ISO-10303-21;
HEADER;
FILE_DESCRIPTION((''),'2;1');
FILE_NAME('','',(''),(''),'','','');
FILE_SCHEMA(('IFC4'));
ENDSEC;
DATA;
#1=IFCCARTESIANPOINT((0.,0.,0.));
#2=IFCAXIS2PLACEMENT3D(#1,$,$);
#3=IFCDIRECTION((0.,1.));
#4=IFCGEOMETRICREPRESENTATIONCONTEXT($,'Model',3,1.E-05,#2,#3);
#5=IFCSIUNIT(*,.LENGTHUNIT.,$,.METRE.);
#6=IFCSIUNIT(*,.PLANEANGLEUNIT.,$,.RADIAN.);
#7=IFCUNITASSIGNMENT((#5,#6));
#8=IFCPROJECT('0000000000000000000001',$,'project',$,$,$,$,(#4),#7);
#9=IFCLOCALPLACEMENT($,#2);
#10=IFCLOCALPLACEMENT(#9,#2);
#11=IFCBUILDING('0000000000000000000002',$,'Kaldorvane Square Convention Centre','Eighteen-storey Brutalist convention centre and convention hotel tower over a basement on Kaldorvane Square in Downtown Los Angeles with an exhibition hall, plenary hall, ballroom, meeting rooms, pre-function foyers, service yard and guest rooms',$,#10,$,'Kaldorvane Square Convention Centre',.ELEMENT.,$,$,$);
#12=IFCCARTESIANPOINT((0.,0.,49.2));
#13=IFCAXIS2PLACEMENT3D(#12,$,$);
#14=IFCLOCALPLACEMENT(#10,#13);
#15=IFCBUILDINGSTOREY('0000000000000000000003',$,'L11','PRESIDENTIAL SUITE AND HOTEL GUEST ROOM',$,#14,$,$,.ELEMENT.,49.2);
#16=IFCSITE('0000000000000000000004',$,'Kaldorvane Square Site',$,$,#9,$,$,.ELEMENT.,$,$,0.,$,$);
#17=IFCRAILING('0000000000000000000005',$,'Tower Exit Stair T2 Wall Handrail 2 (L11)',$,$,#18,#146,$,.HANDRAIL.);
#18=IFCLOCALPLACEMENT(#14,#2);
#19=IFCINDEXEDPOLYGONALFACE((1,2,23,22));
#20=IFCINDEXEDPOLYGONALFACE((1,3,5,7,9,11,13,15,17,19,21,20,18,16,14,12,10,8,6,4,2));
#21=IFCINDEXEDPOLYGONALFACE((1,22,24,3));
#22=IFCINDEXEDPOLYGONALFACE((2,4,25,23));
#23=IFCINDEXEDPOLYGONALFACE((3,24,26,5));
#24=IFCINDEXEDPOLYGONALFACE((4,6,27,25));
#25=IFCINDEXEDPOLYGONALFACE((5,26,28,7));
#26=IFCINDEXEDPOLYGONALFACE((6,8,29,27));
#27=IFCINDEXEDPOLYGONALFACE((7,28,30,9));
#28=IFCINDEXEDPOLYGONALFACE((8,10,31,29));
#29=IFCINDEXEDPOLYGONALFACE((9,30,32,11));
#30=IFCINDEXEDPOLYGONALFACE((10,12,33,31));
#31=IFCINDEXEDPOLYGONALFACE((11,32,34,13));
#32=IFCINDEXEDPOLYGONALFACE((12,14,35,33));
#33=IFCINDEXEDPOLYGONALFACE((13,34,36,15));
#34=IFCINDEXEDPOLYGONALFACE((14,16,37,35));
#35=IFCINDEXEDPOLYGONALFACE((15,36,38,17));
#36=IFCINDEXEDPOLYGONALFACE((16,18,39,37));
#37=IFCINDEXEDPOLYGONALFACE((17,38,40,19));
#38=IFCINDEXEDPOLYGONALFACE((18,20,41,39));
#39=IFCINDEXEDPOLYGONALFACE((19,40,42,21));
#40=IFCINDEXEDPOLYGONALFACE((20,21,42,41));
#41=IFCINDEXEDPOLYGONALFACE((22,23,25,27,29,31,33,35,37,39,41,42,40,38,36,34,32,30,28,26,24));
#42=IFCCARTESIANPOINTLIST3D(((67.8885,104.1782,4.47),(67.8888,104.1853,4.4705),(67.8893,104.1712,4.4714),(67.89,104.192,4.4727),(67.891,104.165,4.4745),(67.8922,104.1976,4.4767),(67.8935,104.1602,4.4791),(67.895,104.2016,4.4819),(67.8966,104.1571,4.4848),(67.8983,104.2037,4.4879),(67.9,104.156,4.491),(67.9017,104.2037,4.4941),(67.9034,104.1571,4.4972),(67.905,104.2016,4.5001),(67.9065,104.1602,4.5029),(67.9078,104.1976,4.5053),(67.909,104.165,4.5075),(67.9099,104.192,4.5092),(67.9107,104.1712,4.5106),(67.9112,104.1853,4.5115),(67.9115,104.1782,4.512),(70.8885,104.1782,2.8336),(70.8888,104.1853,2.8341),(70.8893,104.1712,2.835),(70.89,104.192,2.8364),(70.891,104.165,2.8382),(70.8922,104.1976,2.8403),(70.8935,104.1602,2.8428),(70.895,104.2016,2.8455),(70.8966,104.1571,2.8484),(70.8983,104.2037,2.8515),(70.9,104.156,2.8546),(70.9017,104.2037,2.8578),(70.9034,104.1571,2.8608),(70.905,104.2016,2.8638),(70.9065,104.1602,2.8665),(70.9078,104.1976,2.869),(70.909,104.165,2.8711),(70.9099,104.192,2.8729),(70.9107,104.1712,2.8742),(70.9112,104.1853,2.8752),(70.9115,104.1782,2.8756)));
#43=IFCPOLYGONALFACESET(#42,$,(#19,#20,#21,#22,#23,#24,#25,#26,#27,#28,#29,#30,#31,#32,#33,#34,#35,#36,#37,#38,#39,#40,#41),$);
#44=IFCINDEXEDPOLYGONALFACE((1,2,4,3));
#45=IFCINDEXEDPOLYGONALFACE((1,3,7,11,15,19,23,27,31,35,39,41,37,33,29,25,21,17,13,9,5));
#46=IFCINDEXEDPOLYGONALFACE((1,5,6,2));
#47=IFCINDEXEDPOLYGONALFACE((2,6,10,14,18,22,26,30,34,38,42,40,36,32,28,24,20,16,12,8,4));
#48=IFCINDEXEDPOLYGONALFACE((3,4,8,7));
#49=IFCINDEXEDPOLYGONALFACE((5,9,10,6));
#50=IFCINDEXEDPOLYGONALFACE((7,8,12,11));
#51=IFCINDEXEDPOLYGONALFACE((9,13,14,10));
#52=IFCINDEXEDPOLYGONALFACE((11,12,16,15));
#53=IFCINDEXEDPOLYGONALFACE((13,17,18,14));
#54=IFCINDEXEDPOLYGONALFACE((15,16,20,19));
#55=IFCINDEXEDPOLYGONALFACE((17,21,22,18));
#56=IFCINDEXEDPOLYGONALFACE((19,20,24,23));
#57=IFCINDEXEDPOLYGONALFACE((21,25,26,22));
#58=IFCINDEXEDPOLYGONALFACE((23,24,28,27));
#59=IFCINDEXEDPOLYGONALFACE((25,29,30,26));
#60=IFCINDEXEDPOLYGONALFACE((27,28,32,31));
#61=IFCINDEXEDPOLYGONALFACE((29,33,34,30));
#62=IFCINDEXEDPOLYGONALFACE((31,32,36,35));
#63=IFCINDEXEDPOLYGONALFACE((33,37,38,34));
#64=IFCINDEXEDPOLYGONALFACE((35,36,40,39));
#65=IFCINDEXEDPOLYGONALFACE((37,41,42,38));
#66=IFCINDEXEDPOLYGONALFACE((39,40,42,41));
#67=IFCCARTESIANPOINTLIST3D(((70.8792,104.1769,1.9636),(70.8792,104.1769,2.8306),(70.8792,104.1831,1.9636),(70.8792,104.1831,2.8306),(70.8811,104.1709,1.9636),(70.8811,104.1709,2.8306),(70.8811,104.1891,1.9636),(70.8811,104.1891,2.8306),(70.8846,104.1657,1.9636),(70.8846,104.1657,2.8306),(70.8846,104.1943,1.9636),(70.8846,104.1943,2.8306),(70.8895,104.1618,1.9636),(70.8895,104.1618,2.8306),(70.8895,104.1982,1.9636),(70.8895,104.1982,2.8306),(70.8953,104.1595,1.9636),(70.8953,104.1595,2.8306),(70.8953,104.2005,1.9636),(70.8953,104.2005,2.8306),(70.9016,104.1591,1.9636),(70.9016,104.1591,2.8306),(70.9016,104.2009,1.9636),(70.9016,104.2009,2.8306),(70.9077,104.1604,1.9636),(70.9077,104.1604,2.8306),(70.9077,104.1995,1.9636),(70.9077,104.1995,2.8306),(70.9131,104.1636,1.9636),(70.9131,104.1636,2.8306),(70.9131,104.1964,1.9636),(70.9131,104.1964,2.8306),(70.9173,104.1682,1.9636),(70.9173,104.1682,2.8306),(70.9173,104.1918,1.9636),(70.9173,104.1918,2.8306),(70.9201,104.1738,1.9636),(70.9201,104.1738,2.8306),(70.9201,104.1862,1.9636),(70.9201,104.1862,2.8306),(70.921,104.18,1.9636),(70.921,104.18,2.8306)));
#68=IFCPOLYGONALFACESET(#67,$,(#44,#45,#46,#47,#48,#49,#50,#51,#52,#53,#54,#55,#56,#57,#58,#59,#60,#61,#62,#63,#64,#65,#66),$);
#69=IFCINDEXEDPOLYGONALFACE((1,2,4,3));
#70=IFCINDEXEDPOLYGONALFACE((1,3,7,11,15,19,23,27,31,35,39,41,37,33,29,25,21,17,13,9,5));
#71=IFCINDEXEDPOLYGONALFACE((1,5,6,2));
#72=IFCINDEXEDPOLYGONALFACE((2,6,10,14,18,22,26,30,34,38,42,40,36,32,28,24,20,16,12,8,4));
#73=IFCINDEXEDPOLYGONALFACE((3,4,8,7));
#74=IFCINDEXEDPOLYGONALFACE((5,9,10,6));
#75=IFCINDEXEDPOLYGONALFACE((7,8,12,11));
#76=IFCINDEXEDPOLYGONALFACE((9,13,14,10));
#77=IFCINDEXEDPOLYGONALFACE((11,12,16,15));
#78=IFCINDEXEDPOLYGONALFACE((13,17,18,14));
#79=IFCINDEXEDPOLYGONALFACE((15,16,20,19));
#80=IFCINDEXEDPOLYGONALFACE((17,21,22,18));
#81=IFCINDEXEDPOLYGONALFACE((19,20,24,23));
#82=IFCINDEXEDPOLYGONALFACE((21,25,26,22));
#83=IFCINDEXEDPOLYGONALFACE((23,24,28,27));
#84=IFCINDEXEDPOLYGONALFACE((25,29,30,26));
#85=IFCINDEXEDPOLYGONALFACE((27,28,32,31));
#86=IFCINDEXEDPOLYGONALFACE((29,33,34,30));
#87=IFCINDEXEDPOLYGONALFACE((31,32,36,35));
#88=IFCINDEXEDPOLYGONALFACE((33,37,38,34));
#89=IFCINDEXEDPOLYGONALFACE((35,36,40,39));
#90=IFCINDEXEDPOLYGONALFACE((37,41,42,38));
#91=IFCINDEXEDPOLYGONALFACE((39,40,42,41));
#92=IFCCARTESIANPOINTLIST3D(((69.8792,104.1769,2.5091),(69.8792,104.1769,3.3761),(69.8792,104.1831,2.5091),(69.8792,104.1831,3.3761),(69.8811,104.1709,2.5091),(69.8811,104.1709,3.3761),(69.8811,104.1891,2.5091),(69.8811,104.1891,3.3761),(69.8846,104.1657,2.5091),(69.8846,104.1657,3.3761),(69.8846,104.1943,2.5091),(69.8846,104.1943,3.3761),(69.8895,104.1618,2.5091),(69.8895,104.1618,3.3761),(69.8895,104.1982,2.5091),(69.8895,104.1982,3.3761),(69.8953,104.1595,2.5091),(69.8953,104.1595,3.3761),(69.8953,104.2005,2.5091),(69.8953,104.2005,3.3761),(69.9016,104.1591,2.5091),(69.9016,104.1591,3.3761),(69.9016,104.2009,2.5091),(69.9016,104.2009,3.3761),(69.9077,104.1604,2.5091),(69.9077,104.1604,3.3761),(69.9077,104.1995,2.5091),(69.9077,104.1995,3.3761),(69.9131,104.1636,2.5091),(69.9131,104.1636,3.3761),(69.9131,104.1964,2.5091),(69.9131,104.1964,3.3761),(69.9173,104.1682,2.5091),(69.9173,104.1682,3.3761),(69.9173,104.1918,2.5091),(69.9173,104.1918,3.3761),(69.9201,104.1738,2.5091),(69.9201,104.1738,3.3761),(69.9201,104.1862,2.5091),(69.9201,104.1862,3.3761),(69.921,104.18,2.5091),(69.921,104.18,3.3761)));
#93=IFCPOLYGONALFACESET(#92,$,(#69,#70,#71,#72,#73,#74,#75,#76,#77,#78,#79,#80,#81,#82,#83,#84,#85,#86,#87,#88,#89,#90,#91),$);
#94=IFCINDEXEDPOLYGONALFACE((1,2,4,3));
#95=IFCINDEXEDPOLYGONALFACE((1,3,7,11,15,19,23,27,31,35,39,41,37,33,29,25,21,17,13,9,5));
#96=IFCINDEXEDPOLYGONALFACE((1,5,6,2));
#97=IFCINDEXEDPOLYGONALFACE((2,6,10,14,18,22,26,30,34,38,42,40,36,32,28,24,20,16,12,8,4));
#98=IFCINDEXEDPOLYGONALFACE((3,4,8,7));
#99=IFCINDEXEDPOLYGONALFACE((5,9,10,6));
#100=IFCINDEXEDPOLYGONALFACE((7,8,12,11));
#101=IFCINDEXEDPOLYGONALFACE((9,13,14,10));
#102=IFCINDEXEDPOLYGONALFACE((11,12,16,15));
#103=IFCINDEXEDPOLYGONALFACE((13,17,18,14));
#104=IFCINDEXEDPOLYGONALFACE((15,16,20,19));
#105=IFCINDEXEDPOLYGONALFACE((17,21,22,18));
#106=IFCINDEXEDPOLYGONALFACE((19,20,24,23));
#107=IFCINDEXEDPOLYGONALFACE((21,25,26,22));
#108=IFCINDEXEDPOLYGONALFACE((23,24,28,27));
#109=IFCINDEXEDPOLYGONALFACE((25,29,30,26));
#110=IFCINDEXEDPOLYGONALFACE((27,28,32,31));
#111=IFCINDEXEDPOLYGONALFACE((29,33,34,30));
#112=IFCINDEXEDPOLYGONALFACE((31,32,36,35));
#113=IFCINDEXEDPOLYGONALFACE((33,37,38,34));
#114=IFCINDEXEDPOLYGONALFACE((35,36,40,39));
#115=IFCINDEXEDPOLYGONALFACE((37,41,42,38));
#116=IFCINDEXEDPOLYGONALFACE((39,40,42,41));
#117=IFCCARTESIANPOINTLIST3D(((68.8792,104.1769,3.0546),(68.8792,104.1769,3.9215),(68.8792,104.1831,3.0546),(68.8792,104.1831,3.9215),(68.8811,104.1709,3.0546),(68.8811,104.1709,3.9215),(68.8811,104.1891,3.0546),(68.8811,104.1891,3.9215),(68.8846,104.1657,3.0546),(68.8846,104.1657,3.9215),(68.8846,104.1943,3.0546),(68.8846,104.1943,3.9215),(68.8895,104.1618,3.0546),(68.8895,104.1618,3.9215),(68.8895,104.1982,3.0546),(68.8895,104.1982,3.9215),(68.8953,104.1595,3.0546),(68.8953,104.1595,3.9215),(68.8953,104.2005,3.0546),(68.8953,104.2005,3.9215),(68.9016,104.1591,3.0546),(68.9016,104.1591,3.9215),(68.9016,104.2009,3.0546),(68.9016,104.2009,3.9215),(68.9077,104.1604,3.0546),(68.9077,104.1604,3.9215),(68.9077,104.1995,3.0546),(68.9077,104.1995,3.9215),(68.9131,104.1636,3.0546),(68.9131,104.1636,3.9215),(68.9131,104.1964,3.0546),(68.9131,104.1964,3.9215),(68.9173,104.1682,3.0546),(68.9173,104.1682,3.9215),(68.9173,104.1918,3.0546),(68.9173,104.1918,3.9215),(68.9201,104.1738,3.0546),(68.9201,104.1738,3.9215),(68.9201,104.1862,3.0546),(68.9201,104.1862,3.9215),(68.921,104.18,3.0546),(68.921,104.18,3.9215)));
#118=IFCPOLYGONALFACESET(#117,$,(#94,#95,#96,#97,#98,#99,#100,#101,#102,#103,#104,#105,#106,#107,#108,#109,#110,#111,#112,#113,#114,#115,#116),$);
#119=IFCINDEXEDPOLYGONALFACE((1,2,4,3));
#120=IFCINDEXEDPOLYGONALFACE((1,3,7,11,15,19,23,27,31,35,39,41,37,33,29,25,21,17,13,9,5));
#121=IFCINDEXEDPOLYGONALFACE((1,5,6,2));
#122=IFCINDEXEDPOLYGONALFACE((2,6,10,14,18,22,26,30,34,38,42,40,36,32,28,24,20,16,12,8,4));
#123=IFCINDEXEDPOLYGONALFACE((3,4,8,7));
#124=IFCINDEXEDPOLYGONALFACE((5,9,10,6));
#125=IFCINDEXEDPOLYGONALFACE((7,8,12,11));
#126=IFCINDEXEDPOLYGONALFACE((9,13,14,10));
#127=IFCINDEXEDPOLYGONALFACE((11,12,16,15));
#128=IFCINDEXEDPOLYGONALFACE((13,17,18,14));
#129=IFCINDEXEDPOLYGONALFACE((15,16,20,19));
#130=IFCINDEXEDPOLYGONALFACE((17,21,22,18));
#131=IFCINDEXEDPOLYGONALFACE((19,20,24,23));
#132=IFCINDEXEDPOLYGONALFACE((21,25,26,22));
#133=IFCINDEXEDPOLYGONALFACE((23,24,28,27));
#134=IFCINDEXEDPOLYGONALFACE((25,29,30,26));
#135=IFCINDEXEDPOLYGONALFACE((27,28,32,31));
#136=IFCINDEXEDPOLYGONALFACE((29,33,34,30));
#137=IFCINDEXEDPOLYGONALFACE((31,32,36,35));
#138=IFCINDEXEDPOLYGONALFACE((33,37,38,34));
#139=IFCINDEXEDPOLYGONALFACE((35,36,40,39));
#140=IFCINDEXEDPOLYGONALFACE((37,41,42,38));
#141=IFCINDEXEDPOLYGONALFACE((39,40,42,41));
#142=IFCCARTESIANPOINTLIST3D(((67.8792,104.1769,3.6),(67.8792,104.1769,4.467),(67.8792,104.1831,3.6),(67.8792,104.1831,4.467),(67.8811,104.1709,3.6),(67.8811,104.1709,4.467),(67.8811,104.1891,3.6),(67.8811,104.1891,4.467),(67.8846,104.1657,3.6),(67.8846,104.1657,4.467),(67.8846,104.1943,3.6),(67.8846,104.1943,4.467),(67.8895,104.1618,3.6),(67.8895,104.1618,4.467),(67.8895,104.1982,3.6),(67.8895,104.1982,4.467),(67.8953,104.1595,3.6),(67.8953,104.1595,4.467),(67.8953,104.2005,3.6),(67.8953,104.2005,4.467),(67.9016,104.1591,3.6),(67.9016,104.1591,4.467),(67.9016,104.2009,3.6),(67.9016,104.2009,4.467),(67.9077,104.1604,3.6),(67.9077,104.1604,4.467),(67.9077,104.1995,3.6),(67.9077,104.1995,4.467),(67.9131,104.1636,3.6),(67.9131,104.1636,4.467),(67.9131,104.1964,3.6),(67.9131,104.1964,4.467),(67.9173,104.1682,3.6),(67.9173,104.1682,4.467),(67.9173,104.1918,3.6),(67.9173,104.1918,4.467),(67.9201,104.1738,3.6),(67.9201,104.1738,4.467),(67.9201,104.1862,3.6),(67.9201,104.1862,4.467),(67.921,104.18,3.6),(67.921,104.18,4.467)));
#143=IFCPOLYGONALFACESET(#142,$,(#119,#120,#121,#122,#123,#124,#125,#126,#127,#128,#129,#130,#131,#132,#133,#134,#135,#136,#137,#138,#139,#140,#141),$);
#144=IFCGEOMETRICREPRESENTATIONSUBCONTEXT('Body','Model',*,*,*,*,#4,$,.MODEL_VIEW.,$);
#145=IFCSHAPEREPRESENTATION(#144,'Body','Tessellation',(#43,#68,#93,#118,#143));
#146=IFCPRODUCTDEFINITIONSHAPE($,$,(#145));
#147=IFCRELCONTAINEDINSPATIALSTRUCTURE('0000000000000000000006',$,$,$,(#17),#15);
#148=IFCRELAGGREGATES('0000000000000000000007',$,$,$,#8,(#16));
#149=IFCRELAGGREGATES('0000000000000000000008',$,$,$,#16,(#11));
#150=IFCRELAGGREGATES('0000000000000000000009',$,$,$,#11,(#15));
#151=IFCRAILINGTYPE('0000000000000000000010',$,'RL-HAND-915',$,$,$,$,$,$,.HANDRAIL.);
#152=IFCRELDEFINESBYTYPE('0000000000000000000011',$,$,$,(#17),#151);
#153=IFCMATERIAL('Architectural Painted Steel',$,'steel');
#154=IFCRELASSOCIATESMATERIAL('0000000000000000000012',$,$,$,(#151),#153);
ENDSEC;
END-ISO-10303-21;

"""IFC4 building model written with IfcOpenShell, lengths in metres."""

from ifc_helpers import new_model, si_unit, direction, frame, origin, origin_2d, place, context, subcontext, project, spatial, circle, extrude, material, type_object, element, save


model = new_model("IFC4")

# Units and contexts
model_context = context("Model", 3, precision=1e-05, world=origin(), true_north=direction((0.0, 1.0)))
body_context = subcontext(model_context, "Body", "Model", "MODEL_VIEW")
ifc_project = project(units=[si_unit("LENGTHUNIT", "METRE"), si_unit("PLANEANGLEUNIT", "RADIAN")], contexts=[model_context])

# Site, building, storey
site_placement = place(None, origin())
site = spatial("IfcSite", under=ifc_project, at=site_placement, Name="Kaldorvane Square Site", CompositionType="ELEMENT", RefElevation=0.0)
building_placement = place(site_placement, origin())
building = spatial("IfcBuilding", under=site, at=building_placement, Name="Kaldorvane Square Convention Centre", Description="Eighteen-storey Brutalist convention centre and convention hotel tower over a basement on Kaldorvane Square in Downtown Los Angeles with an exhibition hall, plenary hall, ballroom, meeting rooms, pre-function foyers, service yard and guest rooms", LongName="Kaldorvane Square Convention Centre", CompositionType="ELEMENT")
storey_placement = place(building_placement, frame((0.0, 0.0, 49.2)))
storey = spatial("IfcBuildingStorey", under=building, at=storey_placement, Name="L11", Description="PRESIDENTIAL SUITE AND HOTEL GUEST ROOM", CompositionType="ELEMENT", Elevation=49.2)

# Railing
ifc_material_1 = material(Name="Architectural Painted Steel", Category="steel")
railing_type_1 = type_object("IfcRailingType", Name="RL-HAND-915", PredefinedType="HANDRAIL", material=ifc_material_1)
railing_1_placement = place(storey_placement, frame((70.9, 104.18, 1.9636)))
element("IfcRailing", 1, at=railing_1_placement, inside=storey, type_object=railing_type_1, Name="Tower Exit Stair T2 Wall Handrail 2 (L11)", PredefinedType="HANDRAIL", context=body_context, shape_type="SweptSolid", body=[
    extrude(circle(Radius=0.024, at=origin_2d()), frame((0.0, 0.0, 0.891), z_axis=(-0.877895, 0.0, 0.478853), x_axis=(0.0, -1.0, 0.0)), (0.0, 0.0, 1.0), 3.4173),
    extrude(circle(Radius=0.021, at=origin_2d()), origin(), (0.0, 0.0, 1.0), 0.867),
    extrude(circle(Radius=0.021, at=origin_2d()), frame((-1.0, 0.0, 0.5455)), (0.0, 0.0, 1.0), 0.867),
    extrude(circle(Radius=0.021, at=origin_2d()), frame((-2.0, 0.0, 1.0909)), (0.0, 0.0, 1.0), 0.867),
    extrude(circle(Radius=0.021, at=origin_2d()), frame((-3.0, 0.0, 1.6364)), (0.0, 0.0, 1.0), 0.867),
])

save(model, "model.ifc")
